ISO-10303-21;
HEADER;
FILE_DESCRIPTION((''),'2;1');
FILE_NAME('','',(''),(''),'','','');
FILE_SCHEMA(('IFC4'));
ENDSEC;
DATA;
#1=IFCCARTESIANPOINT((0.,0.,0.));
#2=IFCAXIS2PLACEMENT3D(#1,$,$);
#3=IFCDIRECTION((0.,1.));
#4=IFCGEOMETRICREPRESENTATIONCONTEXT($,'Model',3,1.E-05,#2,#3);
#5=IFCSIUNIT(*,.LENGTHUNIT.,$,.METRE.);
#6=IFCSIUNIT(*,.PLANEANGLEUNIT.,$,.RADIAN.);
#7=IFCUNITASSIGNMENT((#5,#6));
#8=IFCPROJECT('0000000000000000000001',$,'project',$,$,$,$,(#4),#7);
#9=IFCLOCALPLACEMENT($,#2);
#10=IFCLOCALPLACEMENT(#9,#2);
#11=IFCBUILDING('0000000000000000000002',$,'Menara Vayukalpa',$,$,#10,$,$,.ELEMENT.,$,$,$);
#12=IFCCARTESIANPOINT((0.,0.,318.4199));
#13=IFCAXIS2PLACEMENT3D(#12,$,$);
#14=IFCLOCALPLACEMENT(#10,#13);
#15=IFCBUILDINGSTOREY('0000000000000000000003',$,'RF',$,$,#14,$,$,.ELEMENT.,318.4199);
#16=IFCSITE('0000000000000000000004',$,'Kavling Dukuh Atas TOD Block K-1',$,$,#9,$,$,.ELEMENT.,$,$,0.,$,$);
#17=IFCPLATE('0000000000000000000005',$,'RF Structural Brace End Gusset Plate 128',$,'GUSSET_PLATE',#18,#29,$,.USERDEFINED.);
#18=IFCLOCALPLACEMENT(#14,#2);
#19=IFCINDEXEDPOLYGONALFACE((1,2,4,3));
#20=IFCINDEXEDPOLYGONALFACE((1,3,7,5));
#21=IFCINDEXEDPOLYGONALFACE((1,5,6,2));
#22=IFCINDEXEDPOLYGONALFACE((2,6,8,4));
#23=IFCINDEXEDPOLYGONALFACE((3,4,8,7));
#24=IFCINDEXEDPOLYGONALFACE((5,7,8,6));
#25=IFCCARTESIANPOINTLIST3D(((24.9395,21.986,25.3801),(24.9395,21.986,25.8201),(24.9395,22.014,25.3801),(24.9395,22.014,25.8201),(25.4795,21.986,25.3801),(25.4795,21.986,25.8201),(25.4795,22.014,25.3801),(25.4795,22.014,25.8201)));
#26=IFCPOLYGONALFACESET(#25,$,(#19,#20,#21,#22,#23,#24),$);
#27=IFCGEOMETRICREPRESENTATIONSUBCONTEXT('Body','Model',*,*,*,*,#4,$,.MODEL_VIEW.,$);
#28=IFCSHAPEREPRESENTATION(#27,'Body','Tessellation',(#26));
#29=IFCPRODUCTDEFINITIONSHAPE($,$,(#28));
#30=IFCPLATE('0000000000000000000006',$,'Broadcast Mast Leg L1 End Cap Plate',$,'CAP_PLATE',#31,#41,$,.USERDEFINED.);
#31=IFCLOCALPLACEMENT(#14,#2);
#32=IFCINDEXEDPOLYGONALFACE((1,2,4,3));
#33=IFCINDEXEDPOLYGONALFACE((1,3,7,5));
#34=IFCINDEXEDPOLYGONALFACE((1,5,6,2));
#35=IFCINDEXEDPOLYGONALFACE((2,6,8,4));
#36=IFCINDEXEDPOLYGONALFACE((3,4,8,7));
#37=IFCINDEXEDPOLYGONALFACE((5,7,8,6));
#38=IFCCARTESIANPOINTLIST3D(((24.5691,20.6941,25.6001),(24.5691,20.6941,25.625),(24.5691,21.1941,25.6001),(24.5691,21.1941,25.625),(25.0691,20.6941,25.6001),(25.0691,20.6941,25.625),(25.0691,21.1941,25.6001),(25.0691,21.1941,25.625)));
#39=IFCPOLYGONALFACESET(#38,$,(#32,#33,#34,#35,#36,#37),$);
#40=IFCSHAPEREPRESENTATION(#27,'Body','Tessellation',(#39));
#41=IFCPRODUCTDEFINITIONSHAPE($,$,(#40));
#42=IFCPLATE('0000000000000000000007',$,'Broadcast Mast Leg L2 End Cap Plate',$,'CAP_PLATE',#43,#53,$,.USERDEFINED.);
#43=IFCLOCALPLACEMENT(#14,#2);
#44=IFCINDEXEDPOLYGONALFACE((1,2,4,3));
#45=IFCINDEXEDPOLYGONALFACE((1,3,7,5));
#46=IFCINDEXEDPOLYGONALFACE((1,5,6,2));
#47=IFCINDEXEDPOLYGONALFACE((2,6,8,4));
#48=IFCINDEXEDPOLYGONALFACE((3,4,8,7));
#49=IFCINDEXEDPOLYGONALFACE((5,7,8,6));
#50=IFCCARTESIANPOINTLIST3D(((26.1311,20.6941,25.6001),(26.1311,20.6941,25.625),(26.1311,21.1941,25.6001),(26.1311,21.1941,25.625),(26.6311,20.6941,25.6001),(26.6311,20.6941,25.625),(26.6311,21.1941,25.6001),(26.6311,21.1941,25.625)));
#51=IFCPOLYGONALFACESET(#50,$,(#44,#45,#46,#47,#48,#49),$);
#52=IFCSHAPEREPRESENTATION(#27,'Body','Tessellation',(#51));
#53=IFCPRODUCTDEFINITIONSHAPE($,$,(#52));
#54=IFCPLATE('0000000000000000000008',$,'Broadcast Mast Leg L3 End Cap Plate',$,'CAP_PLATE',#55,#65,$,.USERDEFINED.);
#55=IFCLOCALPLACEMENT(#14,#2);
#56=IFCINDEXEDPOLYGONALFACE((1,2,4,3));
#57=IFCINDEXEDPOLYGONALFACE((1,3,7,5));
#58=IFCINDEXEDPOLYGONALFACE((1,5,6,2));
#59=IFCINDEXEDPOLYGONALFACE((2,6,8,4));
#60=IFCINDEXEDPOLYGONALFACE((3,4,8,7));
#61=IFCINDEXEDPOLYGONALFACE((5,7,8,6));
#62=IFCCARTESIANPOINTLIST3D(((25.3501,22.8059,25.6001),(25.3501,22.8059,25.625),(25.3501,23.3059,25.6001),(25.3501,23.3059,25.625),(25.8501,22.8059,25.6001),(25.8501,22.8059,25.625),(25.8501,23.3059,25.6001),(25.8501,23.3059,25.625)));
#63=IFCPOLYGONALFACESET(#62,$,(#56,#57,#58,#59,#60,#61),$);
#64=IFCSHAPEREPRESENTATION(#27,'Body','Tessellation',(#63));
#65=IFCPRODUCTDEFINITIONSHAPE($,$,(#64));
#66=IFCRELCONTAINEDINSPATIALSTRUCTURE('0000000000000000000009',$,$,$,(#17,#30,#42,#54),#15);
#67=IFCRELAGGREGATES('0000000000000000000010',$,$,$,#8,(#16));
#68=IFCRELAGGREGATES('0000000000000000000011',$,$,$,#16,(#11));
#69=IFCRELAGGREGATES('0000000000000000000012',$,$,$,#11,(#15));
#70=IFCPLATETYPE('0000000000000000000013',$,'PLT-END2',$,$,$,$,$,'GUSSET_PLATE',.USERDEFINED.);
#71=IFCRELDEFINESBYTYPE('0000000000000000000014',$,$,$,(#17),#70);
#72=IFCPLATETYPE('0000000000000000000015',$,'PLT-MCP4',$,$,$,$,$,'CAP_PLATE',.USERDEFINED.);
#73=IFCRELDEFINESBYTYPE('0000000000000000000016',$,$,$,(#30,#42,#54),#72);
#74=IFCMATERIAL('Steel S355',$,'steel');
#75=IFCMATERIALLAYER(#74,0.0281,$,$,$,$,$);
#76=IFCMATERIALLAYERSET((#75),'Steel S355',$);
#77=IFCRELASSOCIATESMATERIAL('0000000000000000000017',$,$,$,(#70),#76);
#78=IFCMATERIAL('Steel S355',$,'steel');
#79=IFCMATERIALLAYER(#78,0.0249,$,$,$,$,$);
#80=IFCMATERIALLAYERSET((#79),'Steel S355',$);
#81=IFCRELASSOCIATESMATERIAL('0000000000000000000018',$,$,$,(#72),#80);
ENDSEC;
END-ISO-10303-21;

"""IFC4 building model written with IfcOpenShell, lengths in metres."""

from ifc_helpers import new_model, si_unit, direction, frame, origin, origin_2d, place, context, subcontext, project, spatial, rectangle, extrude, material, layer, layer_set, type_object, element, save


model = new_model("IFC4")

# Units and contexts
model_context = context("Model", 3, precision=1e-05, world=origin(), true_north=direction((0.0, 1.0)))
body_context = subcontext(model_context, "Body", "Model", "MODEL_VIEW")
ifc_project = project(units=[si_unit("LENGTHUNIT", "METRE"), si_unit("PLANEANGLEUNIT", "RADIAN")], contexts=[model_context])

# Site, building, storey
site_placement = place(None, origin())
site = spatial("IfcSite", under=ifc_project, at=site_placement, Name="Kavling Dukuh Atas TOD Block K-1", CompositionType="ELEMENT", RefElevation=0.0)
building_placement = place(site_placement, origin())
building = spatial("IfcBuilding", under=site, at=building_placement, Name="Menara Vayukalpa", CompositionType="ELEMENT")
storey_placement = place(building_placement, frame((0.0, 0.0, 318.4199)))
storey = spatial("IfcBuildingStorey", under=building, at=storey_placement, Name="RF", CompositionType="ELEMENT", Elevation=318.4199)

# Plates
ifc_material_1 = material(Name="Steel S355", Category="steel")
ifc_layer_1 = layer(ifc_material_1, 0.0281)
ifc_layer_set_1 = layer_set([ifc_layer_1], Name="Steel S355")
plate_type_1 = type_object("IfcPlateType", Name="PLT-END2", ElementType="GUSSET_PLATE", PredefinedType="USERDEFINED", material=ifc_layer_set_1)
for number, where, z_axis, x_axis, name in (
    (1, (25.2095, 22.0, 25.3801), (0.0, 0.0, 1.0), (1.0, 0.0, 0.0), "RF Structural Brace End Gusset Plate 128"),
):
    element("IfcPlate", number, at=place(storey_placement, frame(where, z_axis=z_axis, x_axis=x_axis)), inside=storey, type_object=plate_type_1, Name=name, ObjectType="GUSSET_PLATE", PredefinedType="USERDEFINED", context=body_context, shape_type="SweptSolid", body=[
        extrude(rectangle(XDim=0.54, YDim=0.0281, at=origin_2d()), origin(), (0.0, 0.0, 1.0), 0.4399),
    ])
ifc_material_2 = material(Name="Steel S355", Category="steel")
ifc_layer_2 = layer(ifc_material_2, 0.0249)
ifc_layer_set_2 = layer_set([ifc_layer_2], Name="Steel S355")
plate_type_2 = type_object("IfcPlateType", Name="PLT-MCP4", ElementType="CAP_PLATE", PredefinedType="USERDEFINED", material=ifc_layer_set_2)
for number, where, z_axis, x_axis, name in (
    (2, (24.8191, 20.9441, 25.6001), (0.0, 0.0, 1.0), (1.0, 0.0, 0.0), "Broadcast Mast Leg L1 End Cap Plate"),
    (3, (26.3811, 20.9441, 25.6001), (0.0, 0.0, 1.0), (1.0, 0.0, 0.0), "Broadcast Mast Leg L2 End Cap Plate"),
    (4, (25.6001, 23.0559, 25.6001), (0.0, 0.0, 1.0), (1.0, 0.0, 0.0), "Broadcast Mast Leg L3 End Cap Plate"),
):
    element("IfcPlate", number, at=place(storey_placement, frame(where, z_axis=z_axis, x_axis=x_axis)), inside=storey, type_object=plate_type_2, Name=name, ObjectType="CAP_PLATE", PredefinedType="USERDEFINED", context=body_context, shape_type="SweptSolid", body=[
        extrude(rectangle(XDim=0.5, YDim=0.5, at=origin_2d()), origin(), (0.0, 0.0, 1.0), 0.0249),
    ])

save(model, "model.ifc")
